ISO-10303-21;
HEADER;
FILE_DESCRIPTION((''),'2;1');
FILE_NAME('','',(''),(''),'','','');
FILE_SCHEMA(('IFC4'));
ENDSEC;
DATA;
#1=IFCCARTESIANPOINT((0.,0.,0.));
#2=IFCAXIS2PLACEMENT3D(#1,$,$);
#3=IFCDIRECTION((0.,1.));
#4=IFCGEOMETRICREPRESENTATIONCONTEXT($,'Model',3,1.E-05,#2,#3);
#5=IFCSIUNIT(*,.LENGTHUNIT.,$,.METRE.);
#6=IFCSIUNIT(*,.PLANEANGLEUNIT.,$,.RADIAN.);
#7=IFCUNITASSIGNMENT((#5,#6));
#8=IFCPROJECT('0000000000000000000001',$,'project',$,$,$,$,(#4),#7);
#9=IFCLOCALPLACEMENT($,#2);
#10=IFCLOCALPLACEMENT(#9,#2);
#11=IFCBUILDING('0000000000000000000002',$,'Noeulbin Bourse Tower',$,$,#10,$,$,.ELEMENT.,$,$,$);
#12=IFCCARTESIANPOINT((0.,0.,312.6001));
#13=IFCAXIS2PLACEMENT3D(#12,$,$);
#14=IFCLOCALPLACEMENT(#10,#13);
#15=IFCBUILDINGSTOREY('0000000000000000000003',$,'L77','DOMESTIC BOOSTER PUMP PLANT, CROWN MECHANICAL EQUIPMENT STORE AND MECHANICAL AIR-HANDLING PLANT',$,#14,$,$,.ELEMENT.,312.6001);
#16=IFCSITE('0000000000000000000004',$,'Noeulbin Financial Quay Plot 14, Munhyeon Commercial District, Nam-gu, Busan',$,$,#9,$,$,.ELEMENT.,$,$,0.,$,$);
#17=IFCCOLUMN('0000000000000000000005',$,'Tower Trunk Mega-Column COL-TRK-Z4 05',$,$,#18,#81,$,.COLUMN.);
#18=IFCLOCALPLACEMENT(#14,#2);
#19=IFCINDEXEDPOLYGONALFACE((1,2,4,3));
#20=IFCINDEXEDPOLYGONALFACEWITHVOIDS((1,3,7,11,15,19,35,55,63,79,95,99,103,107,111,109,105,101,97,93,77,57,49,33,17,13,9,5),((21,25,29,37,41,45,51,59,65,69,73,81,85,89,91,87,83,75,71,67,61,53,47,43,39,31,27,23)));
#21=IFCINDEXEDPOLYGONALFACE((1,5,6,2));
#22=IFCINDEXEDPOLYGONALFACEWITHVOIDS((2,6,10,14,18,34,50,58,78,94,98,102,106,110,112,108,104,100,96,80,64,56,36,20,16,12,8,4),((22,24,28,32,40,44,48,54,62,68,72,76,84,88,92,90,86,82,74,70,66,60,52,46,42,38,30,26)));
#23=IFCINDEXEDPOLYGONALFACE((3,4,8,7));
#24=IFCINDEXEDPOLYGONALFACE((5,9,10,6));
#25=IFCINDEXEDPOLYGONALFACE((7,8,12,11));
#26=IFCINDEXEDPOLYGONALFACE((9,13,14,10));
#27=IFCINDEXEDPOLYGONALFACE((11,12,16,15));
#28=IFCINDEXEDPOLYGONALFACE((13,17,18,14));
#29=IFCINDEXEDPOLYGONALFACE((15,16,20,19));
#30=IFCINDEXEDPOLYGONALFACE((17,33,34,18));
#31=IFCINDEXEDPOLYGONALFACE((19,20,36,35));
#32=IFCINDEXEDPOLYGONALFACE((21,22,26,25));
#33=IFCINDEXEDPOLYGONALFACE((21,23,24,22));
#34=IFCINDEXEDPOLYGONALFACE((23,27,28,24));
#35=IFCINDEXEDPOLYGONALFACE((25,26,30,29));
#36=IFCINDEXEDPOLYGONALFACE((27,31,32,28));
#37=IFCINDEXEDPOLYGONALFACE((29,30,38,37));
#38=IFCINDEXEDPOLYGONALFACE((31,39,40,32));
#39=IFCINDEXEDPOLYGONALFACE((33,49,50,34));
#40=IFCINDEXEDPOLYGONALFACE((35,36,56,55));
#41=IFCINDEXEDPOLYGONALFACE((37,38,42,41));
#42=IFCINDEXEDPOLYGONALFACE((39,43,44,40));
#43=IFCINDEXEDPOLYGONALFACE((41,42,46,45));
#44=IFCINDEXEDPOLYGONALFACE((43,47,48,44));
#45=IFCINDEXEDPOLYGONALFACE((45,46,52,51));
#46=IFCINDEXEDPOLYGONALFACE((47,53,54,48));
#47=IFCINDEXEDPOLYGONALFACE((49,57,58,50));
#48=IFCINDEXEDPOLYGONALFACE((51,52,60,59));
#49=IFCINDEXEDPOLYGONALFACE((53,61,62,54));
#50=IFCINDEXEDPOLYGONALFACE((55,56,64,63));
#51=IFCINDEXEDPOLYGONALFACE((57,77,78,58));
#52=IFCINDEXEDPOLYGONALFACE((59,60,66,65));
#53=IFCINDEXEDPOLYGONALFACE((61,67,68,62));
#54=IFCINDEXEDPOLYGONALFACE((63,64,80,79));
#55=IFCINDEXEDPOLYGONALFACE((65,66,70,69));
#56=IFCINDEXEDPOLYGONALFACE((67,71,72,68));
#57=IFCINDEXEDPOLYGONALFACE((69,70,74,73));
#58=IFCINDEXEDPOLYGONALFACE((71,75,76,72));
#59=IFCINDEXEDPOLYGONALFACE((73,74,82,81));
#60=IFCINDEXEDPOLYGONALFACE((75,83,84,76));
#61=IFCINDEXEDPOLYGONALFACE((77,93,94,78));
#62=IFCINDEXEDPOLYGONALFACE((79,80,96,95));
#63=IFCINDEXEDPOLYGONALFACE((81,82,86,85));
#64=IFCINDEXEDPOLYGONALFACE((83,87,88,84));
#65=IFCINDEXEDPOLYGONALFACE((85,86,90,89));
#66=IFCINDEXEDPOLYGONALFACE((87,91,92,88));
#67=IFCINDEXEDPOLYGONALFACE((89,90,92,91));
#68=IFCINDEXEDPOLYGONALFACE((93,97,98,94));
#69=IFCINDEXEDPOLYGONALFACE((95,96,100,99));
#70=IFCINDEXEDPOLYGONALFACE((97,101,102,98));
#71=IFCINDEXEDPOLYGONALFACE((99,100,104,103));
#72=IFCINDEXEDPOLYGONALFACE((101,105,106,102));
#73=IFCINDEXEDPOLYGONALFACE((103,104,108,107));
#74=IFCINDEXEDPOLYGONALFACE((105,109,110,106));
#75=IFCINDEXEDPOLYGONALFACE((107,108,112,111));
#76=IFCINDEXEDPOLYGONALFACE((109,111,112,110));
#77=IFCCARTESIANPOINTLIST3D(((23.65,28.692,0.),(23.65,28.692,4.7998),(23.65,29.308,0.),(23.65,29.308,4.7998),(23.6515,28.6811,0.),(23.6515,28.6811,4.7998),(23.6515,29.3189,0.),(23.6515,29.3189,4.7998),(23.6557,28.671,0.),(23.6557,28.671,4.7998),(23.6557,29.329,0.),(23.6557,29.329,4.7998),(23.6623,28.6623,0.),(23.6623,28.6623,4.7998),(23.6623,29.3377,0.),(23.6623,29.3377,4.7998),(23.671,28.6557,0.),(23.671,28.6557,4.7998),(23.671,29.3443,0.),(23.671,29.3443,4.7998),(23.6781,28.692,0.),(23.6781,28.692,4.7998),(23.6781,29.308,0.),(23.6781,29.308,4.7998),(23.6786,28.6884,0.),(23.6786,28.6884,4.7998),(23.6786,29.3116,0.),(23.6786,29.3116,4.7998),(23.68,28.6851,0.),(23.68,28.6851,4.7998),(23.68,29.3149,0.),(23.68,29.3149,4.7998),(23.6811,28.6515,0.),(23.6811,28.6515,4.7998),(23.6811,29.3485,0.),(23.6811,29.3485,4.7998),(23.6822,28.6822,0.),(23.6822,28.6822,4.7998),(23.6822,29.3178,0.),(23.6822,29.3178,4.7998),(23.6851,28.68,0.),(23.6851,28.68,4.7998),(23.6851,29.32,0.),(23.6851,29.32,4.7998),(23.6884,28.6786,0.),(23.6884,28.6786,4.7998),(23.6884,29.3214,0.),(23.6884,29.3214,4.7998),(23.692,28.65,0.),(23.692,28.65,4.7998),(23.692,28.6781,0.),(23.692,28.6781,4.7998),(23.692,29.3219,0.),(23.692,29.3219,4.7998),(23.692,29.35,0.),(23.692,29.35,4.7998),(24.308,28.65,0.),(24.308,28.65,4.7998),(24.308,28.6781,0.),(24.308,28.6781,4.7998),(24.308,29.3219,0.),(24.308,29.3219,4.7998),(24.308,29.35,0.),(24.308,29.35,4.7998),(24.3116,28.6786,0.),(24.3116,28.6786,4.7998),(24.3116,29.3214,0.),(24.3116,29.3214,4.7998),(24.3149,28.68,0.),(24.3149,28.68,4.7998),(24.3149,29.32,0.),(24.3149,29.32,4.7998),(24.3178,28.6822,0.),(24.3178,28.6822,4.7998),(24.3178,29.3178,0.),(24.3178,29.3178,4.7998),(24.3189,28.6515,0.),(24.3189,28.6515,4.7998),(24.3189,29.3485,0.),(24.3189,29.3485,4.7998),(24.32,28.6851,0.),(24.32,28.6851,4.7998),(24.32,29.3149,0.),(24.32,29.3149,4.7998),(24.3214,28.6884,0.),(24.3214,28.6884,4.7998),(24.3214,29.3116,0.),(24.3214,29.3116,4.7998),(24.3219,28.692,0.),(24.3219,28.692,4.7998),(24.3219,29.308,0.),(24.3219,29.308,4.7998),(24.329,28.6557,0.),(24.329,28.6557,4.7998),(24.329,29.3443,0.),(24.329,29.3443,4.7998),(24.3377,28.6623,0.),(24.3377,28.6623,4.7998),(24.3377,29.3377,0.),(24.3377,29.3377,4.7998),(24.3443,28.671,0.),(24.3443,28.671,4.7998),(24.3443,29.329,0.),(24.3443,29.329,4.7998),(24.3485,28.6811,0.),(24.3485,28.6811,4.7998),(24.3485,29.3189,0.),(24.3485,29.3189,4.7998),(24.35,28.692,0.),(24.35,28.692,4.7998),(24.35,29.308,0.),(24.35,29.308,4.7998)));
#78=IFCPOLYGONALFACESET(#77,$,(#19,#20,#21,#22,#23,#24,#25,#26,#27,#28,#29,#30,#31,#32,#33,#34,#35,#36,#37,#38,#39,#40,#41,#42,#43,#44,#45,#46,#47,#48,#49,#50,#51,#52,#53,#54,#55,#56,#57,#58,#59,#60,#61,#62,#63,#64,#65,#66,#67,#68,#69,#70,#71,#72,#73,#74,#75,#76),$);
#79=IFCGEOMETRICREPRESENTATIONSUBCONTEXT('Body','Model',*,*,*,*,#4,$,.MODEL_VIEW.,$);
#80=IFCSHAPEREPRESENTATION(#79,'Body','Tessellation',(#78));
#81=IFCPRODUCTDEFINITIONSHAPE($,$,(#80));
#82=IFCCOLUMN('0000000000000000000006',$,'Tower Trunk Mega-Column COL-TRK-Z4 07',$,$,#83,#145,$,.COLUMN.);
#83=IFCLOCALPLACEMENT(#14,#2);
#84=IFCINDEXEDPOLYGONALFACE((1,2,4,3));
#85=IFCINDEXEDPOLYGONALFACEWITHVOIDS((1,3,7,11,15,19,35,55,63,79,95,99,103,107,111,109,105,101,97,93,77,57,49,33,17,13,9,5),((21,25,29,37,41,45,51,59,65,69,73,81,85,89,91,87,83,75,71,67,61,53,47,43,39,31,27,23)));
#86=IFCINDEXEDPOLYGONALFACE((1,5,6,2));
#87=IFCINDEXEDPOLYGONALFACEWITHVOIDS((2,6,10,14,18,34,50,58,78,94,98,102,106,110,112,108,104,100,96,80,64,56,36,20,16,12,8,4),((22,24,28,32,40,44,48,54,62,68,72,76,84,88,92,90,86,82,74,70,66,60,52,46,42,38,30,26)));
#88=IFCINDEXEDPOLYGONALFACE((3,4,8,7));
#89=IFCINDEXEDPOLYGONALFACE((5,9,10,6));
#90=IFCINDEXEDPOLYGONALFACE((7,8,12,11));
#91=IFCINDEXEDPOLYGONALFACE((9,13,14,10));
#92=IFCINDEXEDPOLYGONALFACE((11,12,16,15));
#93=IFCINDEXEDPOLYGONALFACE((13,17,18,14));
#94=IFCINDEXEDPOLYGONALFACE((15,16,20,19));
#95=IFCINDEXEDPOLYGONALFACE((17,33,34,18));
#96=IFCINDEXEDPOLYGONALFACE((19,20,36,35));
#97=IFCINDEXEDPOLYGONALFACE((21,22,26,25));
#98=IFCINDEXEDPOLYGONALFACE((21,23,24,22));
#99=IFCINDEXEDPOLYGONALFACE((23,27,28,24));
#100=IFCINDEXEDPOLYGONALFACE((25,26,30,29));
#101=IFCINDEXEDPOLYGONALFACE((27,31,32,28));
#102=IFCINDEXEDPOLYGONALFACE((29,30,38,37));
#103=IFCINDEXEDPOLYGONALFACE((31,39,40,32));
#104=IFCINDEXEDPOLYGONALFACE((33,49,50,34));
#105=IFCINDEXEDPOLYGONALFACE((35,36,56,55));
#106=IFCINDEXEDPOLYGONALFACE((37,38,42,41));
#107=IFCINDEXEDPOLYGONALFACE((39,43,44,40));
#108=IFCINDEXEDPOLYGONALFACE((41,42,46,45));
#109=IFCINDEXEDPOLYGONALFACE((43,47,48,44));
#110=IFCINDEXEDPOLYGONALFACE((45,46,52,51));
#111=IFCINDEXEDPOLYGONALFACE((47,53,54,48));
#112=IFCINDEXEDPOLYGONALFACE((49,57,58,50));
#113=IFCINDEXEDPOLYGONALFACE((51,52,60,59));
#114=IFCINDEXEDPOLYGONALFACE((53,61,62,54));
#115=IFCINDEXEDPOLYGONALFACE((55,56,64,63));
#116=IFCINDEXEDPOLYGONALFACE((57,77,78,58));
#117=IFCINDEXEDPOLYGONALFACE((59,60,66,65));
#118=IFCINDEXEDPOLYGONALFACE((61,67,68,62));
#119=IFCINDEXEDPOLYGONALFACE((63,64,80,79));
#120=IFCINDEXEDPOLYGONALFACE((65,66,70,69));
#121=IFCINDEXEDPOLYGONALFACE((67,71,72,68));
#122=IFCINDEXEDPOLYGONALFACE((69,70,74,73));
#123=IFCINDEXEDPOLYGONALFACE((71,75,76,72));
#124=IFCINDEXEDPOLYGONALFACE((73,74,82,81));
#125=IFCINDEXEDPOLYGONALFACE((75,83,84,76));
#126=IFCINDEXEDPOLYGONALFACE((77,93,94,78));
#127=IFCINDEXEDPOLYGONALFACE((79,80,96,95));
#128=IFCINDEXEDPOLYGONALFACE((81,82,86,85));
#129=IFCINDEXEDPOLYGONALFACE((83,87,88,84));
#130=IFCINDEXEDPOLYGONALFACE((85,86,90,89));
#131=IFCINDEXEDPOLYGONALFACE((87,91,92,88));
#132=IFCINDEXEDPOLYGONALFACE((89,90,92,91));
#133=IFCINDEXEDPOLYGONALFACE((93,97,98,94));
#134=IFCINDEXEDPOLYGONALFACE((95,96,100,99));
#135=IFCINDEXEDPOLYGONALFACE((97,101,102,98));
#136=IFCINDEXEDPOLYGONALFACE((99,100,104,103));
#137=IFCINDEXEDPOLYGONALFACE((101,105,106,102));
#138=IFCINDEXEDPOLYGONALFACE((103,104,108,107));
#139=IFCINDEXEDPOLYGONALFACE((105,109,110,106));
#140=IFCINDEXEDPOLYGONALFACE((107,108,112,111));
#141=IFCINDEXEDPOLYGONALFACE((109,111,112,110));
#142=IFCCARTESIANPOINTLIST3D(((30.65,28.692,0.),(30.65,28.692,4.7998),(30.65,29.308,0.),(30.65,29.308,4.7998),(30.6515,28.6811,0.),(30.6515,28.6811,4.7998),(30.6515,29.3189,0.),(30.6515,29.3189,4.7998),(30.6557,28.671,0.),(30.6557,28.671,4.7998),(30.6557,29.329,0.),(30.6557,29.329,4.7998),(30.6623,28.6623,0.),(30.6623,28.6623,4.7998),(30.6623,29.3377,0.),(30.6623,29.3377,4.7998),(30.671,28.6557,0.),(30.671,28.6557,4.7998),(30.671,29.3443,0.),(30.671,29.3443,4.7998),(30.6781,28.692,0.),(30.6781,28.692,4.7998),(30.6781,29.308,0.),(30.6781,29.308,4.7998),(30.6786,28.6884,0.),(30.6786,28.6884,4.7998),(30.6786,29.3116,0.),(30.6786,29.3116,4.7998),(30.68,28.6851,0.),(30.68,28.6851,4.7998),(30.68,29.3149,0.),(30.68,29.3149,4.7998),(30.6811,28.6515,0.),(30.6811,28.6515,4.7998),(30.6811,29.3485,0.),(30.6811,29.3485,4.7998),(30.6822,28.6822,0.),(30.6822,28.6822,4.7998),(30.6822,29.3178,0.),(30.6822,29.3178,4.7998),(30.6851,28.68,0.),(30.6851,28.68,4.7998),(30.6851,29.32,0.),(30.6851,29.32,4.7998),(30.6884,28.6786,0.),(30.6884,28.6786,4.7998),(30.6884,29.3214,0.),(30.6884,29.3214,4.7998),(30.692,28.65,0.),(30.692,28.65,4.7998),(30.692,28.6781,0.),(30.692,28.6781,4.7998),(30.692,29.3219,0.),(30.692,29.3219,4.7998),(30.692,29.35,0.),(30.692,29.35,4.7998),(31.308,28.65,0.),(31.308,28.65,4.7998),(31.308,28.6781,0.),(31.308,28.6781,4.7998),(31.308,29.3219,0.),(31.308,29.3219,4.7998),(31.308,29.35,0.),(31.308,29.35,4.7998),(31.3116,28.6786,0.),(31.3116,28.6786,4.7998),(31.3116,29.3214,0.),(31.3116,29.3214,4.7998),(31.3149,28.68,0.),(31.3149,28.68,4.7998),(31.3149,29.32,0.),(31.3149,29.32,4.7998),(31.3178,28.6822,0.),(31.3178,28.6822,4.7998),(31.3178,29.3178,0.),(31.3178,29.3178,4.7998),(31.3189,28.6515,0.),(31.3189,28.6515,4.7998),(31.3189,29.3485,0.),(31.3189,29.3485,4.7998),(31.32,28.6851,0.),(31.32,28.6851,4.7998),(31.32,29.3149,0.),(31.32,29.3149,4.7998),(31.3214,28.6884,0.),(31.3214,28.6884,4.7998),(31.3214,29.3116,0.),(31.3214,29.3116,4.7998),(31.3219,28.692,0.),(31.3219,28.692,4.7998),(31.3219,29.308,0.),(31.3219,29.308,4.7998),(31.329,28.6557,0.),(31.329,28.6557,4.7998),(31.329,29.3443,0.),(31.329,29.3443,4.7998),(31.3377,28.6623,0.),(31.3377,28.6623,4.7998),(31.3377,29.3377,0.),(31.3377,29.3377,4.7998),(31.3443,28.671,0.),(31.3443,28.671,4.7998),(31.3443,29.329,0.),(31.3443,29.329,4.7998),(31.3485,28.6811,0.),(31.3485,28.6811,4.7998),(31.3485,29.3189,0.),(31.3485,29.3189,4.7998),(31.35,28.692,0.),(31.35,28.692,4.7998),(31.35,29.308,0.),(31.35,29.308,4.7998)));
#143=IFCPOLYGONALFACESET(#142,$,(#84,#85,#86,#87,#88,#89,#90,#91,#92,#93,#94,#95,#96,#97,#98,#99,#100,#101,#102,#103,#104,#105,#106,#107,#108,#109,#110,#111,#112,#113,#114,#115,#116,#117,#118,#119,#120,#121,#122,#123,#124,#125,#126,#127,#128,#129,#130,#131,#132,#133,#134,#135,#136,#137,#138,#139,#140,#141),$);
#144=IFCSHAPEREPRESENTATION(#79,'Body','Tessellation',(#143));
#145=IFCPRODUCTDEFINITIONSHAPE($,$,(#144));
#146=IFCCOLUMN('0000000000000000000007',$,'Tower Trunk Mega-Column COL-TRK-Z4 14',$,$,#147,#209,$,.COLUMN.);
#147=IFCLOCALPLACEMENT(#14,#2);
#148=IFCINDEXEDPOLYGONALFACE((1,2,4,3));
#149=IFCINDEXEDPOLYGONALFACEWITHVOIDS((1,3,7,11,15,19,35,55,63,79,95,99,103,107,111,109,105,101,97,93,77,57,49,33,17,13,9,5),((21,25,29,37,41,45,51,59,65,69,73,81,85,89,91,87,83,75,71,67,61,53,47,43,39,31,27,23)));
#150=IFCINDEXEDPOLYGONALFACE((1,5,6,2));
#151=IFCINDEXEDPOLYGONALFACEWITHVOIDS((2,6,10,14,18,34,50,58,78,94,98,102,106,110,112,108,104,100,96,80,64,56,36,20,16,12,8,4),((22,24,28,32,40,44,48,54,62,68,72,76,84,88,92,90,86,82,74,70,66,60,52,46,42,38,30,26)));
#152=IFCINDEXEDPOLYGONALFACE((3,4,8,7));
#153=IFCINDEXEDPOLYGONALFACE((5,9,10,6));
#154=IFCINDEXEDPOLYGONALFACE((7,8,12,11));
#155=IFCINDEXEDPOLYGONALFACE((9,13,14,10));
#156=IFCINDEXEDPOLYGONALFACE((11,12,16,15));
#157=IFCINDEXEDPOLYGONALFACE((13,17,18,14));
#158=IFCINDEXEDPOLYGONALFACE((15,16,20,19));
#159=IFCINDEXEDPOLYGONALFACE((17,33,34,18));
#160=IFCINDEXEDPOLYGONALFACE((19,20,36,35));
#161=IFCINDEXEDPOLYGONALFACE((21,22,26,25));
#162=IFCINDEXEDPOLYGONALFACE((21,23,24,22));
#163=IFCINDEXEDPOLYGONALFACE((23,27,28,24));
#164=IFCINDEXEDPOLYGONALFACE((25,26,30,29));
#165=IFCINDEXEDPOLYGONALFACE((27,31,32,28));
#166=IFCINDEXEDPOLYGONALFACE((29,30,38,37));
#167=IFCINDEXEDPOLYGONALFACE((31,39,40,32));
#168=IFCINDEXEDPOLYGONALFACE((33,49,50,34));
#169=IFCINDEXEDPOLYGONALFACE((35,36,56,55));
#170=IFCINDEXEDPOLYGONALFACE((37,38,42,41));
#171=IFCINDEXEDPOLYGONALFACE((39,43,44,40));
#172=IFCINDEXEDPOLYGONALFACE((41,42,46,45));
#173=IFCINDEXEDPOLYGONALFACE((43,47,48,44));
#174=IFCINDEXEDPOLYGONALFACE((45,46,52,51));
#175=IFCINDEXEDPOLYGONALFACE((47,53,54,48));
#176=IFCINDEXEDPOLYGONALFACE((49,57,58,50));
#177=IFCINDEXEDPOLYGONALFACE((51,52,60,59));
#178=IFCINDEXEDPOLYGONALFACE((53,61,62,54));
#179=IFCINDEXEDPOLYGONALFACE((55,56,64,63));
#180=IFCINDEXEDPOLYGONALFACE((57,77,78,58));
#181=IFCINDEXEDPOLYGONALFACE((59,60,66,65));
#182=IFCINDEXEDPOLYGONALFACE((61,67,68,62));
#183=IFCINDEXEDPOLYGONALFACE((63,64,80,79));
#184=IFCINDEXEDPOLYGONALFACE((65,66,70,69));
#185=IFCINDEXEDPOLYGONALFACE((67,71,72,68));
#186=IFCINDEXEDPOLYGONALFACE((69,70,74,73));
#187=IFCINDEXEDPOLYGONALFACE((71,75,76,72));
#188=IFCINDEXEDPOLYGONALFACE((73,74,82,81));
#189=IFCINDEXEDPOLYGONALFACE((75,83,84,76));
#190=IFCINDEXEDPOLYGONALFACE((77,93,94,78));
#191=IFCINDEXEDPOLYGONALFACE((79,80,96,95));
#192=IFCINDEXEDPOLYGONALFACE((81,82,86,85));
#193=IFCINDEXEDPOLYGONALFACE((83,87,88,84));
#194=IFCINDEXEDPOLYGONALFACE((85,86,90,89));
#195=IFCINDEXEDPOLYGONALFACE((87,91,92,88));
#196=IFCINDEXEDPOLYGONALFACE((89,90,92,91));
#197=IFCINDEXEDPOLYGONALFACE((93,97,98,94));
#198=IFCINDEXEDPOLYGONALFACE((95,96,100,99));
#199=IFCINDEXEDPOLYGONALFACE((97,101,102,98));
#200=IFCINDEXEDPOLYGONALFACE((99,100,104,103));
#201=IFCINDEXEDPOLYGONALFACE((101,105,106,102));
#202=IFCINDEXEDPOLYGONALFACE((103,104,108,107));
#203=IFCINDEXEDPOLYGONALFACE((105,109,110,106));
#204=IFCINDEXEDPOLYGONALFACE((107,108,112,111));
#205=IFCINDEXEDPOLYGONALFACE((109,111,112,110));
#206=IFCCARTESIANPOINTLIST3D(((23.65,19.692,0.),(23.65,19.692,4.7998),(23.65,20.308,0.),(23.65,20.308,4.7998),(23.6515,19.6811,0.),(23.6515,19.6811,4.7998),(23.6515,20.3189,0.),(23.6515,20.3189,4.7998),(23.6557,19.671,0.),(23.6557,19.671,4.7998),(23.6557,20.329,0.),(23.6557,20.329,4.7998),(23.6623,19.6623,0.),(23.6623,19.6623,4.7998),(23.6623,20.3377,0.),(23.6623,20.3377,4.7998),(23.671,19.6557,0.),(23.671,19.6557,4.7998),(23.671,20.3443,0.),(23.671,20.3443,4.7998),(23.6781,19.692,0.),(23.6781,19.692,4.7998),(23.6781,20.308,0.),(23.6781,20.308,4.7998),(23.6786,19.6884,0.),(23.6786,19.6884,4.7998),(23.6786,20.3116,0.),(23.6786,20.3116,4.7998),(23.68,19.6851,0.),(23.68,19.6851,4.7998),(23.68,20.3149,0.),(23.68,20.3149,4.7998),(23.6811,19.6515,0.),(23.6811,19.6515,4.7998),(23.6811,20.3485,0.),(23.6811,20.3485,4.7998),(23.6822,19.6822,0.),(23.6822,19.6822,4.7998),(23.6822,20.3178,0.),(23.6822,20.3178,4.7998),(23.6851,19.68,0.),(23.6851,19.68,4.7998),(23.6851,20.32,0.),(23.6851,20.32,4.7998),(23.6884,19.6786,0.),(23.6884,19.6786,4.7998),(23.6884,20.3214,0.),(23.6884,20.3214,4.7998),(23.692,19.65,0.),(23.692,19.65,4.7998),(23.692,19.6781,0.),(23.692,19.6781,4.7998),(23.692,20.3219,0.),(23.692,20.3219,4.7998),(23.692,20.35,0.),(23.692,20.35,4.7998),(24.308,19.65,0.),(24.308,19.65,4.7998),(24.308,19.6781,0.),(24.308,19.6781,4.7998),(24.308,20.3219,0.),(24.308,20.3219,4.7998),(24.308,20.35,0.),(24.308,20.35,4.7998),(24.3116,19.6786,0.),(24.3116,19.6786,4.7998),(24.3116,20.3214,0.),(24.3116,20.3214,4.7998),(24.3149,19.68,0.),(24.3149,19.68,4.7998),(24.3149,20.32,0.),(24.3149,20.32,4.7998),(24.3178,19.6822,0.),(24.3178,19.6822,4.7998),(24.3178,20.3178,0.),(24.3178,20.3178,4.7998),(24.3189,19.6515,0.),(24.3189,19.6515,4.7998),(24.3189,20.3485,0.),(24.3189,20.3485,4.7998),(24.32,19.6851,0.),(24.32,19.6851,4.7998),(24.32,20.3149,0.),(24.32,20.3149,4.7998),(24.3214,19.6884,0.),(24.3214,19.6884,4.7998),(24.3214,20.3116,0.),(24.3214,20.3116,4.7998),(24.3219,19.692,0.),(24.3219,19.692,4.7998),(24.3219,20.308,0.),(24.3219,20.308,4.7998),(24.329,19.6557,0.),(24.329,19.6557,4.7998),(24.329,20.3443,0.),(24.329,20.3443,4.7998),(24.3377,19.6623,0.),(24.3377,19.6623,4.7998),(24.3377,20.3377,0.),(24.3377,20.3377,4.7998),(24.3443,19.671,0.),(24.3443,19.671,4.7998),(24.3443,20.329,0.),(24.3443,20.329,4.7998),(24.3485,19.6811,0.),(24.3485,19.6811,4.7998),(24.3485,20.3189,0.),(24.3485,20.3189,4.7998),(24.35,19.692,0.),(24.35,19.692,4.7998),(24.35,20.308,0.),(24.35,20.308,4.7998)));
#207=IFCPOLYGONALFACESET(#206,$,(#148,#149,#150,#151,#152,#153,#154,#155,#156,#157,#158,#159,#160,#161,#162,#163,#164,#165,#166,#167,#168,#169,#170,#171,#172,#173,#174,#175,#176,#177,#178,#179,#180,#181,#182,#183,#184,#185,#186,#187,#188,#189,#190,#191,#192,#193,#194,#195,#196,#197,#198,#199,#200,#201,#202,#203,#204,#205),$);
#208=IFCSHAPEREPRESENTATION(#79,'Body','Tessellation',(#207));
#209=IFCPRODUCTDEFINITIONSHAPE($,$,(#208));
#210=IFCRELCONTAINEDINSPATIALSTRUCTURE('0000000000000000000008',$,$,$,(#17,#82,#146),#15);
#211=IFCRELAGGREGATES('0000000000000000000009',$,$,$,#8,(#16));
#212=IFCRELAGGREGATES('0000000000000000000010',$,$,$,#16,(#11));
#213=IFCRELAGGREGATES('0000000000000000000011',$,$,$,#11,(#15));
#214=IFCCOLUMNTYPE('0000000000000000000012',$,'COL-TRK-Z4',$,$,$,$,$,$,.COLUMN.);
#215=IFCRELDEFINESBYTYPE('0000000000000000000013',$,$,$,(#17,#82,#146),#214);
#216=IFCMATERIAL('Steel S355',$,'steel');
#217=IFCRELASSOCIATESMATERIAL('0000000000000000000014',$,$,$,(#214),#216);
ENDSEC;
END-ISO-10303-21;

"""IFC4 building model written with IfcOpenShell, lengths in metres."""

from ifc_helpers import new_model, si_unit, direction, frame, origin, origin_2d, place, context, subcontext, project, spatial, hollow_rectangle, extrude, material, material_profile, profile_set, type_object, element, save


model = new_model("IFC4")

# Units and contexts
model_context = context("Model", 3, precision=1e-05, world=origin(), true_north=direction((0.0, 1.0)))
body_context = subcontext(model_context, "Body", "Model", "MODEL_VIEW")
ifc_project = project(units=[si_unit("LENGTHUNIT", "METRE"), si_unit("PLANEANGLEUNIT", "RADIAN")], contexts=[model_context])

# Site, building, storey
site_placement = place(None, origin())
site = spatial("IfcSite", under=ifc_project, at=site_placement, Name="Noeulbin Financial Quay Plot 14, Munhyeon Commercial District, Nam-gu, Busan", CompositionType="ELEMENT", RefElevation=0.0)
building_placement = place(site_placement, origin())
building = spatial("IfcBuilding", under=site, at=building_placement, Name="Noeulbin Bourse Tower", CompositionType="ELEMENT")
storey_placement = place(building_placement, frame((0.0, 0.0, 312.6001)))
storey = spatial("IfcBuildingStorey", under=building, at=storey_placement, Name="L77", Description="DOMESTIC BOOSTER PUMP PLANT, CROWN MECHANICAL EQUIPMENT STORE AND MECHANICAL AIR-HANDLING PLANT", CompositionType="ELEMENT", Elevation=312.6001)

# Columns
ifc_material_1 = material(Name="Steel S355", Category="steel")
ifc_material_profile_1 = material_profile(ifc_material_1, hollow_rectangle(XDim=0.7, YDim=0.7, WallThickness=0.0281, InnerFilletRadius=0.0139, OuterFilletRadius=0.042, at=origin_2d()), Name="BOX-700x700x28", Category="LoadBearing")
ifc_profile_set_1 = profile_set([ifc_material_profile_1], Name="Steel S355")
column_type = type_object("IfcColumnType", Name="COL-TRK-Z4", PredefinedType="COLUMN", material=ifc_profile_set_1)
for number, where, z_axis, x_axis, name in (
    (1, (24.0, 29.0, 0.0), (0.0, 0.0, 1.0), (1.0, 0.0, 0.0), "Tower Trunk Mega-Column COL-TRK-Z4 05"),
    (2, (31.0, 29.0, 0.0), (0.0, 0.0, 1.0), (1.0, 0.0, 0.0), "Tower Trunk Mega-Column COL-TRK-Z4 07"),
    (3, (24.0, 20.0, 0.0), (0.0, 0.0, 1.0), (1.0, 0.0, 0.0), "Tower Trunk Mega-Column COL-TRK-Z4 14"),
):
    element("IfcColumn", number, at=place(storey_placement, frame(where, z_axis=z_axis, x_axis=x_axis)), inside=storey, type_object=column_type, Name=name, PredefinedType="COLUMN", context=body_context, shape_type="SweptSolid", body=[
        extrude(hollow_rectangle(XDim=0.7, YDim=0.7, WallThickness=0.0281, InnerFilletRadius=0.0139, OuterFilletRadius=0.042, at=origin_2d()), origin(), (0.0, 0.0, 1.0), 4.7998),
    ])

save(model, "model.ifc")
